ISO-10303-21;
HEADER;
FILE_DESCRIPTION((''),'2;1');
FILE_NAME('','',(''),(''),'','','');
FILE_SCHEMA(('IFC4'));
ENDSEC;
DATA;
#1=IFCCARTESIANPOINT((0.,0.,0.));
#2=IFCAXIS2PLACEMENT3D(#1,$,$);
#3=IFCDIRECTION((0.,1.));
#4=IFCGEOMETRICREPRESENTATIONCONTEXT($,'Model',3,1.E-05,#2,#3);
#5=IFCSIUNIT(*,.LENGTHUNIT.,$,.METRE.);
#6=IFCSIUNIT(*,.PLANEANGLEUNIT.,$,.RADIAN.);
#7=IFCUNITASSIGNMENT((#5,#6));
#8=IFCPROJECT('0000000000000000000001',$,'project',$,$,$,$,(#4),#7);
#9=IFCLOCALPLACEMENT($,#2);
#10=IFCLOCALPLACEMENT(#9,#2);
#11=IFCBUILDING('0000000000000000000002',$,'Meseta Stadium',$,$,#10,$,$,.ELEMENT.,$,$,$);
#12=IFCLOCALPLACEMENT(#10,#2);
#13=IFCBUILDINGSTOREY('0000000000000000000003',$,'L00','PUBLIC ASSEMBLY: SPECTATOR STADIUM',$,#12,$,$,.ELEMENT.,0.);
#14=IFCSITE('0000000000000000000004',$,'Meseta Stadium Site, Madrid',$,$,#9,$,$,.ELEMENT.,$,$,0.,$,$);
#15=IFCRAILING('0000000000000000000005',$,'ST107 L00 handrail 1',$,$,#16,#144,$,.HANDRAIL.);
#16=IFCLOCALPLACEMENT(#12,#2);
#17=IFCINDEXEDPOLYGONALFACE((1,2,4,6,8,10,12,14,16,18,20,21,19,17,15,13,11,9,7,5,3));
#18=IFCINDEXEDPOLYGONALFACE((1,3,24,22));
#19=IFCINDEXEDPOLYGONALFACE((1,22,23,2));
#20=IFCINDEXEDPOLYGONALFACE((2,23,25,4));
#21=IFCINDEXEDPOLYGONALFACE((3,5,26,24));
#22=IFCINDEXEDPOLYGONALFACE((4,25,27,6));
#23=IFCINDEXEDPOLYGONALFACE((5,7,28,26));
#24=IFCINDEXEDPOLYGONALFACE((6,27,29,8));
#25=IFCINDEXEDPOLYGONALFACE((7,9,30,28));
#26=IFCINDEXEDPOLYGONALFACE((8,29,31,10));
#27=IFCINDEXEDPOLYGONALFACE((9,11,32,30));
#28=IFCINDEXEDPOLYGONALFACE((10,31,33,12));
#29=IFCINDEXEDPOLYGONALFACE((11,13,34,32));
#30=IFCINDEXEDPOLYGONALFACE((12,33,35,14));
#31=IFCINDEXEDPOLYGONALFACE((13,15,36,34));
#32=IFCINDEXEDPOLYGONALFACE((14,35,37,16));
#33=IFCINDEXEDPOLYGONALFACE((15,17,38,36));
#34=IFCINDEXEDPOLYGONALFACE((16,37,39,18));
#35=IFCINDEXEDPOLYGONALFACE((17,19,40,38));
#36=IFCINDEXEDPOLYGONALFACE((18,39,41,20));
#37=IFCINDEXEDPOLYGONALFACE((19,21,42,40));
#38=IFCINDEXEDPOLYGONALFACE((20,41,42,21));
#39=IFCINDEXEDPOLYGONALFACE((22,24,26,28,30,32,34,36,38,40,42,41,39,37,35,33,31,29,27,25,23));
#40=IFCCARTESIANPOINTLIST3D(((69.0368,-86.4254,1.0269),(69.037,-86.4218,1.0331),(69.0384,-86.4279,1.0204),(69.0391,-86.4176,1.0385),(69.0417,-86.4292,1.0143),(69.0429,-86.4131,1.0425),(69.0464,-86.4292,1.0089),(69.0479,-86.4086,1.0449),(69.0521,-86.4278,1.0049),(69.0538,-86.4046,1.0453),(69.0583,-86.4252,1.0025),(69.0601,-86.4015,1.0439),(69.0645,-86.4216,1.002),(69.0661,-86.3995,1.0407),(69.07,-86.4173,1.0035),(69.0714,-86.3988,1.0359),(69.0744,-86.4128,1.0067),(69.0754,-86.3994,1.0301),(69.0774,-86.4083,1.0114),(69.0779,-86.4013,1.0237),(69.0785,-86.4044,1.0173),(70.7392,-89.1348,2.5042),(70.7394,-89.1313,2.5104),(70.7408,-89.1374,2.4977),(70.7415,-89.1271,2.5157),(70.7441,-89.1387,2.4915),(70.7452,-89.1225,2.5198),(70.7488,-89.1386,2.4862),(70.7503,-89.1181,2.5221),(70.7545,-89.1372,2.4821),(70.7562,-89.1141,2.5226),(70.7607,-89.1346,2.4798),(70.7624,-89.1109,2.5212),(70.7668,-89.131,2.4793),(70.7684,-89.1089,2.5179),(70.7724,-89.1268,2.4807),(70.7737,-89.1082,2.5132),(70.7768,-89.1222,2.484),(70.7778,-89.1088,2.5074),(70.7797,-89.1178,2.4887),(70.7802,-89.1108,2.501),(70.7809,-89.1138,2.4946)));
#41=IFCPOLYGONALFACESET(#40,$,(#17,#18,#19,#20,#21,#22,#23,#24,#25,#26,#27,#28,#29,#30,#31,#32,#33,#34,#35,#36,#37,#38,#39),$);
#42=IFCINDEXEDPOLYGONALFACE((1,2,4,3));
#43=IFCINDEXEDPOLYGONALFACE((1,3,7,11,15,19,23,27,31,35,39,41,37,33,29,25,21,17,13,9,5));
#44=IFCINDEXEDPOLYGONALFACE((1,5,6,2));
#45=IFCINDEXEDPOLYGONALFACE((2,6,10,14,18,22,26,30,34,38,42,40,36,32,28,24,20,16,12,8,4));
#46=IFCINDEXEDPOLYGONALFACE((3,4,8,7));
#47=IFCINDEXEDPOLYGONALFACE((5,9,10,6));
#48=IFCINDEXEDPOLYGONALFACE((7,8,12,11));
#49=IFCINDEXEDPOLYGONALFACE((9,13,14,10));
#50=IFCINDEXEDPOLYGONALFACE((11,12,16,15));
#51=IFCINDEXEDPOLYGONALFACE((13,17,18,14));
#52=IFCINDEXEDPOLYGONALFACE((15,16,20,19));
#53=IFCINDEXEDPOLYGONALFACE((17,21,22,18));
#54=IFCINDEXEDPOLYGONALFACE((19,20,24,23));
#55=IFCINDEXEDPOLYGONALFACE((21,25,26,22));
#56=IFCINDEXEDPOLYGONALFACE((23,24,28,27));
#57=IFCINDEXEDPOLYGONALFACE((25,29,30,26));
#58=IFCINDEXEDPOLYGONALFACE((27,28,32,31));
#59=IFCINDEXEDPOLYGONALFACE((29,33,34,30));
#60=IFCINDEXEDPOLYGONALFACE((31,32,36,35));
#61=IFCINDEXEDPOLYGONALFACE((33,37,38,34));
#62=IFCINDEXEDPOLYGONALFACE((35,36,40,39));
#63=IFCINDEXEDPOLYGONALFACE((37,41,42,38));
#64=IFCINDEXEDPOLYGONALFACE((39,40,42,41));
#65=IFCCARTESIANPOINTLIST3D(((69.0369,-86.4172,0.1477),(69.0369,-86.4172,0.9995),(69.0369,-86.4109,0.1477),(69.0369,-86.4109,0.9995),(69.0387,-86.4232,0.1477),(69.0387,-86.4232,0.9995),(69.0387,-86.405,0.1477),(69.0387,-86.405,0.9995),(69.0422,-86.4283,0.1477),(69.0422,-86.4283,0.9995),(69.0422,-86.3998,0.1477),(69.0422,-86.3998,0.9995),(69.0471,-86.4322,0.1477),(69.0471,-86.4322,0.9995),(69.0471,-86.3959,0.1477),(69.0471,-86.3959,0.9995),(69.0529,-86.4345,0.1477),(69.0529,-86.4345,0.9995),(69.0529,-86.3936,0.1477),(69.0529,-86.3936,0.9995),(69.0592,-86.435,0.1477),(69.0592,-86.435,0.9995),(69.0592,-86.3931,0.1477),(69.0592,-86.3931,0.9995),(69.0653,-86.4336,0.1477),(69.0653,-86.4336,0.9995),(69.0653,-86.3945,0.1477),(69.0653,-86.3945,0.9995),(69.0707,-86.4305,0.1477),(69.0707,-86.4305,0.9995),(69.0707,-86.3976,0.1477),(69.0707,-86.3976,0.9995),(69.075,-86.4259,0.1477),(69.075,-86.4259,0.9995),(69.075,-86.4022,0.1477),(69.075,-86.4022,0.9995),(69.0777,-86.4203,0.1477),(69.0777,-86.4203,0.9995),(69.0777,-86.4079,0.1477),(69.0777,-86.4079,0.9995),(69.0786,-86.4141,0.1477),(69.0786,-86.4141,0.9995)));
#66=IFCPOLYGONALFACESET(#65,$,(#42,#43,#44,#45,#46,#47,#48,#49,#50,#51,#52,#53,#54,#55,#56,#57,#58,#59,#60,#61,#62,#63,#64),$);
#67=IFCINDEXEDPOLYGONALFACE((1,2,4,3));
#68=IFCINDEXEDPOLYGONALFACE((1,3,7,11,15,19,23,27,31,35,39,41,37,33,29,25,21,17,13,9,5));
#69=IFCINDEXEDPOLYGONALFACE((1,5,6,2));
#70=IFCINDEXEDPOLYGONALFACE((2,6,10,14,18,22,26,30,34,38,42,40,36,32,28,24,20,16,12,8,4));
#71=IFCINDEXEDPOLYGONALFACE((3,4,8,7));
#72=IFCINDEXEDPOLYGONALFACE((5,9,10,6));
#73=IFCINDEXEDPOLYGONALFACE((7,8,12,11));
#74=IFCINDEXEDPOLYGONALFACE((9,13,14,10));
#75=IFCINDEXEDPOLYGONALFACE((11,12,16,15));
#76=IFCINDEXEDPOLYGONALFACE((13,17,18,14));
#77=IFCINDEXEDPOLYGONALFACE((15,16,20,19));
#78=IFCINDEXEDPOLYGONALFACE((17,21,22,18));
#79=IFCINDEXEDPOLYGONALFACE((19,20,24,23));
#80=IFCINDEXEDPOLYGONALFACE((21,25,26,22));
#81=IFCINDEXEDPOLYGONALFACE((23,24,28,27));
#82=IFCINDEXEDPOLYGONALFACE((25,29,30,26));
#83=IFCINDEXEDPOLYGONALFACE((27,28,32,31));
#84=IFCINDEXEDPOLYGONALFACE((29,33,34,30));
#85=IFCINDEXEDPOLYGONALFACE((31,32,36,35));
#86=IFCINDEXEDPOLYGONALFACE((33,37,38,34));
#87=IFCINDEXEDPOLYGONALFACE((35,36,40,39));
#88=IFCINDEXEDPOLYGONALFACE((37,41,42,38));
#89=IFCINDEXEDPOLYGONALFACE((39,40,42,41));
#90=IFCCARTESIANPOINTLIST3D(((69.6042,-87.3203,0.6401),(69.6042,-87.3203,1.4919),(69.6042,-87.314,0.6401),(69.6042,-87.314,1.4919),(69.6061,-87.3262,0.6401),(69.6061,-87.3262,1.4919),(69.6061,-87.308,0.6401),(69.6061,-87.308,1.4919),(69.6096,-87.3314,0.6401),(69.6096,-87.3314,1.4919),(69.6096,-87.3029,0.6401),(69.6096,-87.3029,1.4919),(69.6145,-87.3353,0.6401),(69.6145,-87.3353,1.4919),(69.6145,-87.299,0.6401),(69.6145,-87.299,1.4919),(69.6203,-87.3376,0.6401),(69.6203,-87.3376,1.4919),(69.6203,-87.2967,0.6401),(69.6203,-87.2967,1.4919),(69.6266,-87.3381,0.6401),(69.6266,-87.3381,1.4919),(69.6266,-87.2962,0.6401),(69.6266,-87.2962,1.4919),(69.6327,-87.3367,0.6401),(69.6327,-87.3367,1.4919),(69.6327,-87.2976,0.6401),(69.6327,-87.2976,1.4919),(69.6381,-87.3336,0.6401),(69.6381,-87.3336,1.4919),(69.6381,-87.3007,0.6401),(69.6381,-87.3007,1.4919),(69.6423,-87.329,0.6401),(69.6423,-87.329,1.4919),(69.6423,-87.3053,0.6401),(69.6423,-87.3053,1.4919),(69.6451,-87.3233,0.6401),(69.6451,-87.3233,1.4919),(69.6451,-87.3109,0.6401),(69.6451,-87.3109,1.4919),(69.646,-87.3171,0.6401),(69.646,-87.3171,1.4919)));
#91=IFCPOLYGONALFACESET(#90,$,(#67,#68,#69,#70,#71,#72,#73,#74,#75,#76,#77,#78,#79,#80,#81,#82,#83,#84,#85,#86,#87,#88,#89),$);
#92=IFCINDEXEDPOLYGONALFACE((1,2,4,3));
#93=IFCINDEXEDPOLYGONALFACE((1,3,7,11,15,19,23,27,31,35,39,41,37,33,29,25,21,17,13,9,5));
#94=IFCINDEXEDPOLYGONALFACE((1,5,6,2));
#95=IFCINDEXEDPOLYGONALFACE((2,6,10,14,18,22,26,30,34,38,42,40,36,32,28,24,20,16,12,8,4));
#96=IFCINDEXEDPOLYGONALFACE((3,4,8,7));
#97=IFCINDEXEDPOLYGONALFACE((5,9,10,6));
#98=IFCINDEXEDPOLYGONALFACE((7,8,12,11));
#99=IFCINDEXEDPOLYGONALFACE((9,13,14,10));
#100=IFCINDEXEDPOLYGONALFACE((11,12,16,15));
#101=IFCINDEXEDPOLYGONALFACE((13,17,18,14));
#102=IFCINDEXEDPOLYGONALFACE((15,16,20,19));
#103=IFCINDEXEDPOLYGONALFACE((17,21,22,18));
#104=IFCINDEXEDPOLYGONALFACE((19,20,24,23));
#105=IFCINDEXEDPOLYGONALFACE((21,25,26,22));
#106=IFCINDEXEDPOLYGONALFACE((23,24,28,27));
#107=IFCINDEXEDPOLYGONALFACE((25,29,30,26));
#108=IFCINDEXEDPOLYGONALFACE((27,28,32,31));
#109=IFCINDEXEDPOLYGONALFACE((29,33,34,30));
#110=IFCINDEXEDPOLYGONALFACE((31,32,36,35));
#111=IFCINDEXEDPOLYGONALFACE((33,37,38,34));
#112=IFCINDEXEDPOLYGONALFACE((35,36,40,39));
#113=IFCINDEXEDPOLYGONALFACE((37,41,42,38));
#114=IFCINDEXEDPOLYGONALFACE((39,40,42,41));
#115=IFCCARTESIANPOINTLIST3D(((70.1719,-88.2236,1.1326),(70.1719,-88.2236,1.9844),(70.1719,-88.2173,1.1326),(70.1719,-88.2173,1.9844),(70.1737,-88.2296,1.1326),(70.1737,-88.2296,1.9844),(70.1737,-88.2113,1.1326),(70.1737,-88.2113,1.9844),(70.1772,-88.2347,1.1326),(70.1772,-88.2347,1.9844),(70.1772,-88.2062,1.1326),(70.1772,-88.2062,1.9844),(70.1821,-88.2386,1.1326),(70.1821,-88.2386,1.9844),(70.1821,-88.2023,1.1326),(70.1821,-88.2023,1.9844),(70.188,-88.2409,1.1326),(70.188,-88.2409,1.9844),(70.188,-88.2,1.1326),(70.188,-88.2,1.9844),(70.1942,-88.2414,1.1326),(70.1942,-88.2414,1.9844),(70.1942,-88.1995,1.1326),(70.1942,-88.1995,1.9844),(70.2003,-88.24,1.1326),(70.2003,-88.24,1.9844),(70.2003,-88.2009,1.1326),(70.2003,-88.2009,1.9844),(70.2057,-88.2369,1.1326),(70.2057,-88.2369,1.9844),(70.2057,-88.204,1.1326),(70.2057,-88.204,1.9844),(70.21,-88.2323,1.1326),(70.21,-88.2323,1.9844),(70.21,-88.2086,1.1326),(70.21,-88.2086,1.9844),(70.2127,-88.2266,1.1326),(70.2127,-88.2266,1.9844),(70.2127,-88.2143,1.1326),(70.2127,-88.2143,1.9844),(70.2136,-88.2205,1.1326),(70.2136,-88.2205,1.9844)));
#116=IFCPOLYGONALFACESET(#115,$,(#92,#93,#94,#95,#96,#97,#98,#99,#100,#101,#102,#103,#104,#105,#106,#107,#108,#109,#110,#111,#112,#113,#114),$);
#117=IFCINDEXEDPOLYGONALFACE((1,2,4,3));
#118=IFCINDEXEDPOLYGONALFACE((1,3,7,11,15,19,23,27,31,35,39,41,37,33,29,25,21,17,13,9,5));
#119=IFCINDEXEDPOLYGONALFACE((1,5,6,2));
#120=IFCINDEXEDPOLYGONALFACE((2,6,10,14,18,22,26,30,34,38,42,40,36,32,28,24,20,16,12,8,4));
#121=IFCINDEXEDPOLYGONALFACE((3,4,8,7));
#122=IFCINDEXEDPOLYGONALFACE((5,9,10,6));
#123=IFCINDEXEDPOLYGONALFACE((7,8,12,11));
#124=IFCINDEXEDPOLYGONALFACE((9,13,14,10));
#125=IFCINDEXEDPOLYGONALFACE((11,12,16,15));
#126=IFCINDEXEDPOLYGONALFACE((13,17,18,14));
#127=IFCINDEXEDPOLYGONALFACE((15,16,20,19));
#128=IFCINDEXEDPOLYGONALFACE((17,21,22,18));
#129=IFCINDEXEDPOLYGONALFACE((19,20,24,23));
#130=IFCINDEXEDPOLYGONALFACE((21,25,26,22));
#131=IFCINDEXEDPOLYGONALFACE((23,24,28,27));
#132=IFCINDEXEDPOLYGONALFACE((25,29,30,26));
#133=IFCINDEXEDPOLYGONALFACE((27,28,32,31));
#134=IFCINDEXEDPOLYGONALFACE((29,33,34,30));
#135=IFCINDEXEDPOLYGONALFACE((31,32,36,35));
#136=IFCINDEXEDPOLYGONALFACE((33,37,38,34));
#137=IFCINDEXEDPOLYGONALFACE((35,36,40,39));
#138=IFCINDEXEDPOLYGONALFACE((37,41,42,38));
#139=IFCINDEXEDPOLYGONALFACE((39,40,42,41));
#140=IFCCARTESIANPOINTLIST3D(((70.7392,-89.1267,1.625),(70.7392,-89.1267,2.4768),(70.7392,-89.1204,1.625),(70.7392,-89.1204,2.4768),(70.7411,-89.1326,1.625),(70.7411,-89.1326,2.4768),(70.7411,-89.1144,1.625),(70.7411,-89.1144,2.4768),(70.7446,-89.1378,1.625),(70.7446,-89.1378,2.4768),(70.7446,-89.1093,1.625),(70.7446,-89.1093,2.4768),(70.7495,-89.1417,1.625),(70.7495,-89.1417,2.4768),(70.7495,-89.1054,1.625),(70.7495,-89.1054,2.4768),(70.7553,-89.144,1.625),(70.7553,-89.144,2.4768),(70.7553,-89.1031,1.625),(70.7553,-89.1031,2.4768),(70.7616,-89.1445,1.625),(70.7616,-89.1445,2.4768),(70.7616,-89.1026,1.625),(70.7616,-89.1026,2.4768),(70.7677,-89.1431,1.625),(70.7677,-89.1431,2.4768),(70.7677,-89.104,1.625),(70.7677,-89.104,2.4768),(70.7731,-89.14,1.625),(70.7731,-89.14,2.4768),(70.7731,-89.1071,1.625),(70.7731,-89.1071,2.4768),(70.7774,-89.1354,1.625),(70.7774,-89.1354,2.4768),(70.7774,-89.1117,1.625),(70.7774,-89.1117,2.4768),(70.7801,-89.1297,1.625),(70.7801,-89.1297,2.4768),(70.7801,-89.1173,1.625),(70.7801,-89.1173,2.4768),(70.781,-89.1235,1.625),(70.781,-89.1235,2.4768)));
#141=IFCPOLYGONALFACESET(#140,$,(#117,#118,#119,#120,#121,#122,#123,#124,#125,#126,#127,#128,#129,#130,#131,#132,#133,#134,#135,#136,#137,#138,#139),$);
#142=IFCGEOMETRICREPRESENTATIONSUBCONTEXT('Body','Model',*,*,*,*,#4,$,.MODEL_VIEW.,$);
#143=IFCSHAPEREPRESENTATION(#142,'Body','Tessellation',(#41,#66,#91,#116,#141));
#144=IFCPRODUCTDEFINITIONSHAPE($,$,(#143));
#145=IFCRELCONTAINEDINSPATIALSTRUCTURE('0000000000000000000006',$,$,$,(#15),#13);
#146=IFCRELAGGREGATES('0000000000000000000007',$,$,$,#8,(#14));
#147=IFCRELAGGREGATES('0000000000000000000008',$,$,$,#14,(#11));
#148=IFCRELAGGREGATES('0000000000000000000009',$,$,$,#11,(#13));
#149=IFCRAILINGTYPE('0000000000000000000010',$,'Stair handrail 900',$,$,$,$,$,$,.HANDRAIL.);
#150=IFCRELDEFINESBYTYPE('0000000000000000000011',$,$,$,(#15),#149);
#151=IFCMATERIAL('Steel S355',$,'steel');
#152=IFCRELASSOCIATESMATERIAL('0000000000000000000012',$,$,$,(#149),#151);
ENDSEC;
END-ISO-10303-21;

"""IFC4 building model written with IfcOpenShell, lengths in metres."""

from ifc_helpers import new_model, si_unit, direction, frame, origin, origin_2d, place, context, subcontext, project, spatial, circle, extrude, material, type_object, element, save


model = new_model("IFC4")

# Units and contexts
model_context = context("Model", 3, precision=1e-05, world=origin(), true_north=direction((0.0, 1.0)))
body_context = subcontext(model_context, "Body", "Model", "MODEL_VIEW")
ifc_project = project(units=[si_unit("LENGTHUNIT", "METRE"), si_unit("PLANEANGLEUNIT", "RADIAN")], contexts=[model_context])

# Site, building, storey
site_placement = place(None, origin())
site = spatial("IfcSite", under=ifc_project, at=site_placement, Name="Meseta Stadium Site, Madrid", CompositionType="ELEMENT", RefElevation=0.0)
building_placement = place(site_placement, origin())
building = spatial("IfcBuilding", under=site, at=building_placement, Name="Meseta Stadium", CompositionType="ELEMENT")
storey_placement = place(building_placement, origin())
storey = spatial("IfcBuildingStorey", under=building, at=storey_placement, Name="L00", Description="PUBLIC ASSEMBLY: SPECTATOR STADIUM", CompositionType="ELEMENT", Elevation=0.0)

# Railing
ifc_material_1 = material(Name="Steel S355", Category="steel")
railing_type_1 = type_object("IfcRailingType", Name="Stair handrail 900", PredefinedType="HANDRAIL", material=ifc_material_1)
railing_1_placement = place(storey_placement, frame((69.0576, -86.4141, 0.1477)))
element("IfcRailing", 1, at=railing_1_placement, inside=storey, type_object=railing_type_1, Name="ST107 L00 handrail 1", PredefinedType="HANDRAIL", context=body_context, shape_type="SweptSolid", body=[
    extrude(circle(Radius=0.0239, at=origin_2d()), frame((0.0, 0.0, 0.876), z_axis=(0.483023, -0.768764, 0.419156), x_axis=(0.846736, 0.532014, 0.0)), (0.0, 0.0, 1.0), 3.5244),
    extrude(circle(Radius=0.021, at=origin_2d()), origin(), (0.0, 0.0, 1.0), 0.8518),
    extrude(circle(Radius=0.021, at=origin_2d()), frame((0.5674, -0.9031, 0.4924)), (0.0, 0.0, 1.0), 0.8518),
    extrude(circle(Radius=0.021, at=origin_2d()), frame((1.135, -1.8064, 0.9849)), (0.0, 0.0, 1.0), 0.8518),
    extrude(circle(Radius=0.021, at=origin_2d()), frame((1.7024, -2.7095, 1.4773)), (0.0, 0.0, 1.0), 0.8518),
])

save(model, "model.ifc")
